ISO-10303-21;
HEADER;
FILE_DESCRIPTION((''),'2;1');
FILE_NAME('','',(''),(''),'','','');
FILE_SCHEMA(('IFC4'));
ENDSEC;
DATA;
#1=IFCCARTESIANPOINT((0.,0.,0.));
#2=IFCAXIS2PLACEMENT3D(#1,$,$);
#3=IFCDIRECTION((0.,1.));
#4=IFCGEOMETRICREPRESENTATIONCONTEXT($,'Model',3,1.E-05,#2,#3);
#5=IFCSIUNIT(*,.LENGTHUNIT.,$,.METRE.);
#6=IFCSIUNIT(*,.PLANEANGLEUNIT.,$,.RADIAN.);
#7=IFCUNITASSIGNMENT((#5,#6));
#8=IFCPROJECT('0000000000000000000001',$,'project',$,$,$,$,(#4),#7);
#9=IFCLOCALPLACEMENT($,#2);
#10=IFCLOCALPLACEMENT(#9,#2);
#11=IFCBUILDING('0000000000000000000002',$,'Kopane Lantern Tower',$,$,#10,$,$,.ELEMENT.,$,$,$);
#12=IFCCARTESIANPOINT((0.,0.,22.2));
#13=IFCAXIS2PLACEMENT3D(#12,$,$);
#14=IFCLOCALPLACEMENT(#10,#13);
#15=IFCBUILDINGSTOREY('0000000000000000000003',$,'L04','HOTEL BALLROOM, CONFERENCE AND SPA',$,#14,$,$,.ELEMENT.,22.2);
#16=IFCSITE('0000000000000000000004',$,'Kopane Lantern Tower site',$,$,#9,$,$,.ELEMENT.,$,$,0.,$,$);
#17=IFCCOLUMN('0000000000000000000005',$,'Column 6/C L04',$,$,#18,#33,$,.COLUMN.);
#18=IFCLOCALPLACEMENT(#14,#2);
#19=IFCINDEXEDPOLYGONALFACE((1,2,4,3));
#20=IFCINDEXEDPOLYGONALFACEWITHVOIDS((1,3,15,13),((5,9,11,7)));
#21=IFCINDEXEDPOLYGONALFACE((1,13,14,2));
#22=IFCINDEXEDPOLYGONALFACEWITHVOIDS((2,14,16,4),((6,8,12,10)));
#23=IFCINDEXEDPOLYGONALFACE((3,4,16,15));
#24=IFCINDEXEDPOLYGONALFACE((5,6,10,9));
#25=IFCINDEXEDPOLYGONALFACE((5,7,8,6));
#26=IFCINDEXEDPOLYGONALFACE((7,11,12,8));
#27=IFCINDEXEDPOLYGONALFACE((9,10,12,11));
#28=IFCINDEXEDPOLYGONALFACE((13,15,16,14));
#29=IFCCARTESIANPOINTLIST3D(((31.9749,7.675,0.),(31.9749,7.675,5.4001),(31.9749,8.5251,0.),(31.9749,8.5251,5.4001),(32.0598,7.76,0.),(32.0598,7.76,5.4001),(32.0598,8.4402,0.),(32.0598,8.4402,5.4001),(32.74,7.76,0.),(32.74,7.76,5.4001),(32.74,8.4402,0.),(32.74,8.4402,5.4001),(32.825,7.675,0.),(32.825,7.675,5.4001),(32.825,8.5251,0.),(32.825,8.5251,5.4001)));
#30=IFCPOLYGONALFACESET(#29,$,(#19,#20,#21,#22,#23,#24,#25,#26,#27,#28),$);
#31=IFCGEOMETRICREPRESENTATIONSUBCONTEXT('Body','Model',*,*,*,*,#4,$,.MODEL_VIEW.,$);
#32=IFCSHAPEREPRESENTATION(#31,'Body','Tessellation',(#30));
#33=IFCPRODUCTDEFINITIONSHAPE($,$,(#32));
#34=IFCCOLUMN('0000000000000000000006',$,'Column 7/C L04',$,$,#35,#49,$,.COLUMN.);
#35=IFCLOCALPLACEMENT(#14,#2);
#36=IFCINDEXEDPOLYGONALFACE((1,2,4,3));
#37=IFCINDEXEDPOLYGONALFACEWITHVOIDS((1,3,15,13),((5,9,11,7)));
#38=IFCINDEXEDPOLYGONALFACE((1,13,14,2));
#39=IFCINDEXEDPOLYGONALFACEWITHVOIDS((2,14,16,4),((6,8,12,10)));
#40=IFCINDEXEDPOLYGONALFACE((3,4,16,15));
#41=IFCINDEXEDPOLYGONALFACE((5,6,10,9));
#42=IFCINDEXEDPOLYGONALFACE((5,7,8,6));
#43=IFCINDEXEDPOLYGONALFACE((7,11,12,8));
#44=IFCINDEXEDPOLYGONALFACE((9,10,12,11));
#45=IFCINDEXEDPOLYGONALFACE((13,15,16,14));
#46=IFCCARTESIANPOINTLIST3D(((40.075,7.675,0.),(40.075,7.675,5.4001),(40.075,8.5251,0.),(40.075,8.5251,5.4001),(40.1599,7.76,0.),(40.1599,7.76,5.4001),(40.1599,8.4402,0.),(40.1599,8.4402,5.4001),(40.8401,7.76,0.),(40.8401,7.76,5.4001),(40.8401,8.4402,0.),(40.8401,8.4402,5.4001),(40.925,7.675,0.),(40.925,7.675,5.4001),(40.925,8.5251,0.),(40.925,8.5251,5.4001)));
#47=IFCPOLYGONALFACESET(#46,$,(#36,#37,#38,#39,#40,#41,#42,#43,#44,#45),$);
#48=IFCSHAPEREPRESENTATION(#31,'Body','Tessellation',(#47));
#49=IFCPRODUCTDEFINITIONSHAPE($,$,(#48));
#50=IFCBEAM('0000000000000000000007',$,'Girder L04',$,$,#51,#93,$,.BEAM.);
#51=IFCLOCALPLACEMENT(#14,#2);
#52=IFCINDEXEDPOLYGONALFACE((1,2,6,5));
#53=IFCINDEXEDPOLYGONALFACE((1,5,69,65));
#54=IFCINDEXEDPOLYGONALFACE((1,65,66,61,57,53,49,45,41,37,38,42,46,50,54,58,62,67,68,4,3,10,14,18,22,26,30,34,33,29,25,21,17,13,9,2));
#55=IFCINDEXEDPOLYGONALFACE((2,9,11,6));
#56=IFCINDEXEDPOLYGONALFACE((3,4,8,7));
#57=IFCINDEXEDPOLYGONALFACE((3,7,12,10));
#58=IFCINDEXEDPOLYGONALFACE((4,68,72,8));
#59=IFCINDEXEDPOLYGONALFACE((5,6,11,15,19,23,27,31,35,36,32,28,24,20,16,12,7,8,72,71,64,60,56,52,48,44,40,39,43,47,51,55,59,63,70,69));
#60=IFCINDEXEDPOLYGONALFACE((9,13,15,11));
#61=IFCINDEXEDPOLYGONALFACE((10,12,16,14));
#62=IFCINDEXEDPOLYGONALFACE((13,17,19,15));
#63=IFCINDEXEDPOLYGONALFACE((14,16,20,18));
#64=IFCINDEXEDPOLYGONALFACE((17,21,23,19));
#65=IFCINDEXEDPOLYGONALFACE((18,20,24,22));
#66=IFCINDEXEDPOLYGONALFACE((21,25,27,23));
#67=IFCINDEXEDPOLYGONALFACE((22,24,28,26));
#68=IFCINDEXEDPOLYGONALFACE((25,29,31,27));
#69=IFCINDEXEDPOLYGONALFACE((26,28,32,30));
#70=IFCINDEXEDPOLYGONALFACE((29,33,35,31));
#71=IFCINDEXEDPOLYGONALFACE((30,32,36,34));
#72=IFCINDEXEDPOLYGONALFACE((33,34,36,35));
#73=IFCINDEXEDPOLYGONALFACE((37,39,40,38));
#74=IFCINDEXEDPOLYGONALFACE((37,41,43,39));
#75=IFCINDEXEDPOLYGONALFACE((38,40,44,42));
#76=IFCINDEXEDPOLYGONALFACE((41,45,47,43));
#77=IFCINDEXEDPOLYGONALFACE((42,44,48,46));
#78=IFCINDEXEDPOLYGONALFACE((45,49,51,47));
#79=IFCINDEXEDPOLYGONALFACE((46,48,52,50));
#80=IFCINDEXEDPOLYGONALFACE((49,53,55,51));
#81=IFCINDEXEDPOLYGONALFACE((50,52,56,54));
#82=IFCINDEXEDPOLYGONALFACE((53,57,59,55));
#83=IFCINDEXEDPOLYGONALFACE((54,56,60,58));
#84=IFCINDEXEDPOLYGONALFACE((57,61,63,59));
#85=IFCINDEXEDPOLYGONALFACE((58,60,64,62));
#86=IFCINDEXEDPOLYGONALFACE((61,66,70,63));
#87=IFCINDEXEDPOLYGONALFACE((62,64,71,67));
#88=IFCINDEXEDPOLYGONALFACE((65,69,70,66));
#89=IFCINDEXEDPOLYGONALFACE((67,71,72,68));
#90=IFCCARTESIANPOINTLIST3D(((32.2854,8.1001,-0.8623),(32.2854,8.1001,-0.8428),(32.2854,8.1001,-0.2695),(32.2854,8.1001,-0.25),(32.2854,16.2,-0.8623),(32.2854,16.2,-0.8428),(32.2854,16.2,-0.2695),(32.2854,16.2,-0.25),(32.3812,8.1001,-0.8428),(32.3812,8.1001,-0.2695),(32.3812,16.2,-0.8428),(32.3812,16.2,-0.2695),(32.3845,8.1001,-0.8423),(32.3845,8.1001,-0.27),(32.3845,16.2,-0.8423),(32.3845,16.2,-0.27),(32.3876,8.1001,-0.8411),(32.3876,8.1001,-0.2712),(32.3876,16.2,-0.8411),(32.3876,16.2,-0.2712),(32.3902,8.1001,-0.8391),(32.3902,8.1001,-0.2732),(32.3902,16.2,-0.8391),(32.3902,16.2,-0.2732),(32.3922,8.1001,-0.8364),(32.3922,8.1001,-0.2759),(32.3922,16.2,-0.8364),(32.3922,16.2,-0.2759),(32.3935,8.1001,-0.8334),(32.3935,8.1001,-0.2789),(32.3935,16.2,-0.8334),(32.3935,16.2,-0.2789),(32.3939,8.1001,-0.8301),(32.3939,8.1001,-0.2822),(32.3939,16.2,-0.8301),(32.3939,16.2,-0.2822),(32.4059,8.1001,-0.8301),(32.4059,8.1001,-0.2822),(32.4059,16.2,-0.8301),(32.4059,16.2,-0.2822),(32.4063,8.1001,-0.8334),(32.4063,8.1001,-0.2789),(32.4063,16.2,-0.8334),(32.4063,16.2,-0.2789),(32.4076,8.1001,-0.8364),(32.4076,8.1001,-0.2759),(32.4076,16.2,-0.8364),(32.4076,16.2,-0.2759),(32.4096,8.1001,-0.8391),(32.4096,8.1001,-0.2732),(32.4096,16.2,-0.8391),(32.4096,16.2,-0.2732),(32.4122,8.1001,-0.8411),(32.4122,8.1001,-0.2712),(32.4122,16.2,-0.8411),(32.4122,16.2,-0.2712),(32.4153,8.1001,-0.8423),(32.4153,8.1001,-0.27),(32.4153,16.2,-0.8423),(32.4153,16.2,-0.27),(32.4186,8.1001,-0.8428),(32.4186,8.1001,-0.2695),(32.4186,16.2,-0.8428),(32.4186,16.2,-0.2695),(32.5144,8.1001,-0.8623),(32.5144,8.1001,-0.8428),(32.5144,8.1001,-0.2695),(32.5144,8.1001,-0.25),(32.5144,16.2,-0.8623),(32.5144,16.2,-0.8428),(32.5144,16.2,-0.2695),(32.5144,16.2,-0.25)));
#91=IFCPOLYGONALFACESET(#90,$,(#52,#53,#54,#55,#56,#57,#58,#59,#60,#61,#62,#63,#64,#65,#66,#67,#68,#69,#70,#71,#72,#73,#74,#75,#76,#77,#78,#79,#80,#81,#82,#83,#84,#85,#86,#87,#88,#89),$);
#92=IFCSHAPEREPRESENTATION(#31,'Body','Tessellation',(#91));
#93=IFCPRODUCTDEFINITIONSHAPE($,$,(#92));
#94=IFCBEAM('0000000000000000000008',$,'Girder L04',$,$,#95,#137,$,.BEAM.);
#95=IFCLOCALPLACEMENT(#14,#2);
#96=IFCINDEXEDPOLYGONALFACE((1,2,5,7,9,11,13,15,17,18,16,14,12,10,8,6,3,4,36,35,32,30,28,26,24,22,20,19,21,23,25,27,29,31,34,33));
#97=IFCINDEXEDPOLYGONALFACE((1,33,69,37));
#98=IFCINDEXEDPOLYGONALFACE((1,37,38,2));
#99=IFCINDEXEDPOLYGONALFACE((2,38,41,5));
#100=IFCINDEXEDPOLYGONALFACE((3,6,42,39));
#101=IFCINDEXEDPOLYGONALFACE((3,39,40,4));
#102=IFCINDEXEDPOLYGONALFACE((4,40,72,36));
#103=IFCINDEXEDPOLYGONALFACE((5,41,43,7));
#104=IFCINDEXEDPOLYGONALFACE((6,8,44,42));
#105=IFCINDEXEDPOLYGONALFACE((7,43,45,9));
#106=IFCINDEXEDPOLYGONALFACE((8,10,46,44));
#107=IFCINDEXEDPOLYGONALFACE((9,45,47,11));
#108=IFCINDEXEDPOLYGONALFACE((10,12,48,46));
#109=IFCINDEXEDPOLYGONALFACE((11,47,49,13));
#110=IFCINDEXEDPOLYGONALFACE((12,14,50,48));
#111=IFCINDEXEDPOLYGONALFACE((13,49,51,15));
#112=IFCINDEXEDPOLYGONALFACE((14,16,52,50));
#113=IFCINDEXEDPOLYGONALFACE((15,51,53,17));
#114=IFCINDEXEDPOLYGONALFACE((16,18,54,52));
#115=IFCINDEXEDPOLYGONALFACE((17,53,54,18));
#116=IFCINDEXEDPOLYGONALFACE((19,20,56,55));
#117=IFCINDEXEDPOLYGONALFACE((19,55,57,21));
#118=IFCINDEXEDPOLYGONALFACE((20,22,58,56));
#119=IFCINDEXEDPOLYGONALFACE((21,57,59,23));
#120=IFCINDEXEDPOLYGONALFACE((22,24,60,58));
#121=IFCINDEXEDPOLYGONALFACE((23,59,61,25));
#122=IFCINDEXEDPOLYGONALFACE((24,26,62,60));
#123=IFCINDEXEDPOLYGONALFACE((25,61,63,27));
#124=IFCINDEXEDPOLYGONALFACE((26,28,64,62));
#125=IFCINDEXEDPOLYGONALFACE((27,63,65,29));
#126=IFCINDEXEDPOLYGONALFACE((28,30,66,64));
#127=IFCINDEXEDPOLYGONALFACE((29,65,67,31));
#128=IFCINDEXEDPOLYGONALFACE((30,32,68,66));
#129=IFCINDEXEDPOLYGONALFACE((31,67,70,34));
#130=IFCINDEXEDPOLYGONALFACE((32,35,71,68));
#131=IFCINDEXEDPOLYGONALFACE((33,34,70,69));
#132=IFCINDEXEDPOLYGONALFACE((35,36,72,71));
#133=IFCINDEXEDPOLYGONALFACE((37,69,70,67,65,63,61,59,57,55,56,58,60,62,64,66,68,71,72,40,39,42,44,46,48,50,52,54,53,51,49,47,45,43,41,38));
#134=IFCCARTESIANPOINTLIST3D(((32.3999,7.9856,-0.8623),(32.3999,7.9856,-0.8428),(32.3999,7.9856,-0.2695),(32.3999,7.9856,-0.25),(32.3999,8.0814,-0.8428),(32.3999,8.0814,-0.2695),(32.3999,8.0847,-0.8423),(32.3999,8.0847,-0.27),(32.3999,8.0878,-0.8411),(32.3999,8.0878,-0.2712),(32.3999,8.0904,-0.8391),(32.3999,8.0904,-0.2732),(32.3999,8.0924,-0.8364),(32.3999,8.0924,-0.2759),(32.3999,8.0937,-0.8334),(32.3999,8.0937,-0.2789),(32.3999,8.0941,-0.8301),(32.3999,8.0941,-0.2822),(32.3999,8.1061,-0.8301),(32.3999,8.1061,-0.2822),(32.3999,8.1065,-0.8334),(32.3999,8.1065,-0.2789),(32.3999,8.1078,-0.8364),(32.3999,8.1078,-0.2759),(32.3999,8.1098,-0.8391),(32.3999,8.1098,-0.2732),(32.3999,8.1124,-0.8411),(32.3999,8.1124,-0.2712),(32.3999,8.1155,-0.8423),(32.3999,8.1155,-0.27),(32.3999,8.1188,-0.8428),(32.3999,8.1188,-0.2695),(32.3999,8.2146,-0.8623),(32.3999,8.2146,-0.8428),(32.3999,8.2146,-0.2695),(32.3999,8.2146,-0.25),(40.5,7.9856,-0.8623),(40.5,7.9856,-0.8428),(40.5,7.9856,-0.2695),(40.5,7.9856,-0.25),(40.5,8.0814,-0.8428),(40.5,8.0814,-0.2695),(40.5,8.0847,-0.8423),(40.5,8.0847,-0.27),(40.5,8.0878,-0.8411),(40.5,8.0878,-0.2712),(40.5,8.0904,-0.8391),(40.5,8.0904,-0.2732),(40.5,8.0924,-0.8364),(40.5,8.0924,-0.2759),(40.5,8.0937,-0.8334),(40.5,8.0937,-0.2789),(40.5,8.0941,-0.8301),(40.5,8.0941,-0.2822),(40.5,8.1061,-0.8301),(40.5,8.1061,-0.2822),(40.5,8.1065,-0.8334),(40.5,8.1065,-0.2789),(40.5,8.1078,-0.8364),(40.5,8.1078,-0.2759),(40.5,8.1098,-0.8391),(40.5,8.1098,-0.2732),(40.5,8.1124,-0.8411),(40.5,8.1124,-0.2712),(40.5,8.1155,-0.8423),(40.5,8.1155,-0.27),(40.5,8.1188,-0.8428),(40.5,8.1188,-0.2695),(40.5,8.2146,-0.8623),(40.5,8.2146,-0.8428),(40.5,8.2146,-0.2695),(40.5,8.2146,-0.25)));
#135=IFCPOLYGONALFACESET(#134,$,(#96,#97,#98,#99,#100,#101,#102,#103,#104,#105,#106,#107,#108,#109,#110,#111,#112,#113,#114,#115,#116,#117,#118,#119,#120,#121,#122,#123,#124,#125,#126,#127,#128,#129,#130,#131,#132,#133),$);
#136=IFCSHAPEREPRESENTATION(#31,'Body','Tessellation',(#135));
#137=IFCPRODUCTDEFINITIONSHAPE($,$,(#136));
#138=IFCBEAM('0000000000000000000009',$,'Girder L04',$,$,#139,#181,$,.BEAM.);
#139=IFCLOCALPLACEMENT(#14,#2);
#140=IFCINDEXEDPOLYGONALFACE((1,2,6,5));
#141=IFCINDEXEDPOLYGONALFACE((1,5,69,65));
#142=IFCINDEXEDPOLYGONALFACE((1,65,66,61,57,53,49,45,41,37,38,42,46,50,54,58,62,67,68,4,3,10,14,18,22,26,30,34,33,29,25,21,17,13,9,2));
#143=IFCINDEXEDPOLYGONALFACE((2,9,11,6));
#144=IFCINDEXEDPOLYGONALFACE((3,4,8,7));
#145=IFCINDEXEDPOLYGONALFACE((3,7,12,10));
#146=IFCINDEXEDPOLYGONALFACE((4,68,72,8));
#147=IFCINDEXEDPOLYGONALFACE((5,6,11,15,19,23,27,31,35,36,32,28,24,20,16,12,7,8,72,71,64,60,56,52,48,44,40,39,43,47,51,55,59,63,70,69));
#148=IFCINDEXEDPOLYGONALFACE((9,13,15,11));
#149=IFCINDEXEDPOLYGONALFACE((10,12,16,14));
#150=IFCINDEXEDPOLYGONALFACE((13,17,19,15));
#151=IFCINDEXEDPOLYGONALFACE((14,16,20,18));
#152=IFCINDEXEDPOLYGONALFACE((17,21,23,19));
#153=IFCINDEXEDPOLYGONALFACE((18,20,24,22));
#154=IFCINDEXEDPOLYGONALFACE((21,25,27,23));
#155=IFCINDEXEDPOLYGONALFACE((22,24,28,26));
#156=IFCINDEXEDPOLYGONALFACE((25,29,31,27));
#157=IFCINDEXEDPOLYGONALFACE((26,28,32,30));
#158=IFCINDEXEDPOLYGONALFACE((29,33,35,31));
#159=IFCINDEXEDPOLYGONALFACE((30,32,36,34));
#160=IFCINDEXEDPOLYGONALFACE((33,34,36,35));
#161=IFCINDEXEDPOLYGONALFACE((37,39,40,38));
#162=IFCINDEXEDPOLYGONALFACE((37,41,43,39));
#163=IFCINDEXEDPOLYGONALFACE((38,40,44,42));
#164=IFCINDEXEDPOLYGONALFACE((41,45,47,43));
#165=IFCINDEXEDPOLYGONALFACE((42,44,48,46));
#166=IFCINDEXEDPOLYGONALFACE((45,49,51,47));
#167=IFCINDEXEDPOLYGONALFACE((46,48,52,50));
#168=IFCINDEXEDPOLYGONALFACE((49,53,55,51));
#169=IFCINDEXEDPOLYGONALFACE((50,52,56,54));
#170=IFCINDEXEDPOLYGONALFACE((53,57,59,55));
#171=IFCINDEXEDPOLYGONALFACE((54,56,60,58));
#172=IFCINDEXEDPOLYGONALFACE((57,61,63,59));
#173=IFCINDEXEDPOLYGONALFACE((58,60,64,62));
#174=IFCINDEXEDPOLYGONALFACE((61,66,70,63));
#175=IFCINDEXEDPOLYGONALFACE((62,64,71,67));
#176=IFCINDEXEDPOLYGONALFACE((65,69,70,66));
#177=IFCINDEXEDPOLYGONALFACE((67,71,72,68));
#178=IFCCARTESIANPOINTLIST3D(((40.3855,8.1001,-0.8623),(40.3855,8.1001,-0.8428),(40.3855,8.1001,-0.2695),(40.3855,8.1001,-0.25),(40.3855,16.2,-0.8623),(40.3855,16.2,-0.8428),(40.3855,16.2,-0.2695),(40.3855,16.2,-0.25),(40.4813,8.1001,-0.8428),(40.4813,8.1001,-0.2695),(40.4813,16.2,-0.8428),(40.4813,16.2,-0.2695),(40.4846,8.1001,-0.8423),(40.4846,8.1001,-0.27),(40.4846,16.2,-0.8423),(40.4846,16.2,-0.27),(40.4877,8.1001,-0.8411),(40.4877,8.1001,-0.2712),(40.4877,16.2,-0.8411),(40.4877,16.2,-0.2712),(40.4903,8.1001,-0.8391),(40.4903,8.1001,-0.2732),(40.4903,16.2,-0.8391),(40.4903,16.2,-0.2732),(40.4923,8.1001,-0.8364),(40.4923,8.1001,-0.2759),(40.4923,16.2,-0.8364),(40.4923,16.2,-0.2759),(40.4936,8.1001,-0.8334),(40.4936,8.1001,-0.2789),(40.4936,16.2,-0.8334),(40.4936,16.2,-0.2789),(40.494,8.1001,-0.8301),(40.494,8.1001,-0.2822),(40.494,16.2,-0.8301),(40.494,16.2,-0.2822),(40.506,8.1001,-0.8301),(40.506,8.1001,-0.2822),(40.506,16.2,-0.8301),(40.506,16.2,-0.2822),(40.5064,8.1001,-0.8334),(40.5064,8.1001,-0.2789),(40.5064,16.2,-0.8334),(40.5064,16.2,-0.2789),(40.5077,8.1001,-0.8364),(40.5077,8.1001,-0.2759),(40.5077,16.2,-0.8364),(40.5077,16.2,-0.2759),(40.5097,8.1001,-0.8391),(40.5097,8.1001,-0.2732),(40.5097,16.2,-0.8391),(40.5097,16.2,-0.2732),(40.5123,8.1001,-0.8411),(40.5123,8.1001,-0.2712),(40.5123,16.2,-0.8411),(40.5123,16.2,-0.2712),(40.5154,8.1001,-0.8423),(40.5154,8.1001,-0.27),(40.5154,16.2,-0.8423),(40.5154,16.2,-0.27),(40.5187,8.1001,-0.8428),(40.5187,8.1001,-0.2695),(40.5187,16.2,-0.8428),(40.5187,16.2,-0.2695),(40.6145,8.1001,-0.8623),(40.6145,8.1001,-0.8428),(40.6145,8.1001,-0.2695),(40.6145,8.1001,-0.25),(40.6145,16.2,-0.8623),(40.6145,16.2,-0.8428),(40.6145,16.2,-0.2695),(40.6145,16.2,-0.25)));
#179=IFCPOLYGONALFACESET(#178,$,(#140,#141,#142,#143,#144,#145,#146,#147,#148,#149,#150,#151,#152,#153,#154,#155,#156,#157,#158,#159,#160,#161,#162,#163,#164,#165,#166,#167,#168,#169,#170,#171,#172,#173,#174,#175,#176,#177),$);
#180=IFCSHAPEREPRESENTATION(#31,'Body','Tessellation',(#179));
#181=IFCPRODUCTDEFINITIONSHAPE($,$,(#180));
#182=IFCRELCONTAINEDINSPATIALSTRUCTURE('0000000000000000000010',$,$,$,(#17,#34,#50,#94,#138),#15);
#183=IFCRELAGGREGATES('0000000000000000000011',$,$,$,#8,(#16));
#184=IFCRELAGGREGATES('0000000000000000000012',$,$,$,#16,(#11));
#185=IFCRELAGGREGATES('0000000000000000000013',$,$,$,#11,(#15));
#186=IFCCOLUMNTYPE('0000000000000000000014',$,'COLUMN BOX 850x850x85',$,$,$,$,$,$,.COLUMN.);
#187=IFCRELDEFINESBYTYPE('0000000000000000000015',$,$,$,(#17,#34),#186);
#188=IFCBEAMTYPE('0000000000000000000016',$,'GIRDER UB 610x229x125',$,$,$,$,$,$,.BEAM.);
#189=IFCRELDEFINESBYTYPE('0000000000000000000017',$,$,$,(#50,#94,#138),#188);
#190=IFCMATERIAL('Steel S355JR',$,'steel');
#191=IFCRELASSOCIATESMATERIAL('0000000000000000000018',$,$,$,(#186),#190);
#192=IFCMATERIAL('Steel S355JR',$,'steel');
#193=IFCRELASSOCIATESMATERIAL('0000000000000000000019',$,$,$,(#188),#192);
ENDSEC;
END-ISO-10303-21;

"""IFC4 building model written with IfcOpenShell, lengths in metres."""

from ifc_helpers import new_model, si_unit, direction, frame, origin, origin_2d, place, context, subcontext, project, spatial, hollow_rectangle, i_section, extrude, material, material_profile, profile_set, type_object, element, save


model = new_model("IFC4")

# Units and contexts
model_context = context("Model", 3, precision=1e-05, world=origin(), true_north=direction((0.0, 1.0)))
body_context = subcontext(model_context, "Body", "Model", "MODEL_VIEW")
ifc_project = project(units=[si_unit("LENGTHUNIT", "METRE"), si_unit("PLANEANGLEUNIT", "RADIAN")], contexts=[model_context])

# Site, building, storey
site_placement = place(None, origin())
site = spatial("IfcSite", under=ifc_project, at=site_placement, Name="Kopane Lantern Tower site", CompositionType="ELEMENT", RefElevation=0.0)
building_placement = place(site_placement, origin())
building = spatial("IfcBuilding", under=site, at=building_placement, Name="Kopane Lantern Tower", CompositionType="ELEMENT")
storey_placement = place(building_placement, frame((0.0, 0.0, 22.2)))
storey = spatial("IfcBuildingStorey", under=building, at=storey_placement, Name="L04", Description="HOTEL BALLROOM, CONFERENCE AND SPA", CompositionType="ELEMENT", Elevation=22.2)

# Columns
ifc_material_1 = material(Name="Steel S355JR", Category="steel")
ifc_material_profile_1 = material_profile(ifc_material_1, hollow_rectangle(XDim=0.8501, YDim=0.8501, WallThickness=0.085, at=origin_2d()), Name="BOX 850x850x85")
ifc_profile_set_1 = profile_set([ifc_material_profile_1], Name="Steel S355JR")
column_type = type_object("IfcColumnType", Name="COLUMN BOX 850x850x85", PredefinedType="COLUMN", material=ifc_profile_set_1)
for number, where, z_axis, x_axis, name in (
    (1, (32.3999, 8.1001, 0.0), (0.0, 0.0, 1.0), (1.0, 0.0, 0.0), "Column 6/C L04"),
    (2, (40.5, 8.1001, 0.0), (0.0, 0.0, 1.0), (1.0, 0.0, 0.0), "Column 7/C L04"),
):
    element("IfcColumn", number, at=place(storey_placement, frame(where, z_axis=z_axis, x_axis=x_axis)), inside=storey, type_object=column_type, Name=name, PredefinedType="COLUMN", context=body_context, shape_type="SweptSolid", body=[
        extrude(hollow_rectangle(XDim=0.8501, YDim=0.8501, WallThickness=0.085, at=origin_2d()), origin(), (0.0, 0.0, 1.0), 5.4001),
    ])

# Beams
ifc_material_2 = material(Name="Steel S355JR", Category="steel")
ifc_material_profile_2 = material_profile(ifc_material_2, i_section(OverallWidth=0.229, OverallDepth=0.6123, WebThickness=0.012, FlangeThickness=0.0195, FilletRadius=0.0127, at=origin_2d()), Name="UB 610x229x125")
ifc_profile_set_2 = profile_set([ifc_material_profile_2], Name="Steel S355JR")
beam_type = type_object("IfcBeamType", Name="GIRDER UB 610x229x125", PredefinedType="BEAM", material=ifc_profile_set_2)
beam_1_placement = place(storey_placement, frame((32.3999, 8.1001, -0.5562), z_axis=(0.0, 1.0, 0.0), x_axis=(-1.0, 0.0, 0.0)))
element("IfcBeam", 3, at=beam_1_placement, inside=storey, type_object=beam_type, Name="Girder L04", PredefinedType="BEAM", context=body_context, shape_type="SweptSolid", body=[
    extrude(i_section(OverallWidth=0.229, OverallDepth=0.6123, WebThickness=0.012, FlangeThickness=0.0195, FilletRadius=0.0127, at=origin_2d()), origin(), (0.0, 0.0, 1.0), 8.0999),
])
beam_2_placement = place(storey_placement, frame((32.3999, 8.1001, -0.5562), z_axis=(1.0, 0.0, 0.0), x_axis=(0.0, 1.0, 0.0)))
element("IfcBeam", 4, at=beam_2_placement, inside=storey, type_object=beam_type, Name="Girder L04", PredefinedType="BEAM", context=body_context, shape_type="SweptSolid", body=[
    extrude(i_section(OverallWidth=0.229, OverallDepth=0.6123, WebThickness=0.012, FlangeThickness=0.0195, FilletRadius=0.0127, at=origin_2d()), origin(), (0.0, 0.0, 1.0), 8.1001),
])
beam_3_placement = place(storey_placement, frame((40.5, 8.1001, -0.5562), z_axis=(0.0, 1.0, 0.0), x_axis=(-1.0, 0.0, 0.0)))
element("IfcBeam", 5, at=beam_3_placement, inside=storey, type_object=beam_type, Name="Girder L04", PredefinedType="BEAM", context=body_context, shape_type="SweptSolid", body=[
    extrude(i_section(OverallWidth=0.229, OverallDepth=0.6123, WebThickness=0.012, FlangeThickness=0.0195, FilletRadius=0.0127, at=origin_2d()), origin(), (0.0, 0.0, 1.0), 8.0999),
])

save(model, "model.ifc")
